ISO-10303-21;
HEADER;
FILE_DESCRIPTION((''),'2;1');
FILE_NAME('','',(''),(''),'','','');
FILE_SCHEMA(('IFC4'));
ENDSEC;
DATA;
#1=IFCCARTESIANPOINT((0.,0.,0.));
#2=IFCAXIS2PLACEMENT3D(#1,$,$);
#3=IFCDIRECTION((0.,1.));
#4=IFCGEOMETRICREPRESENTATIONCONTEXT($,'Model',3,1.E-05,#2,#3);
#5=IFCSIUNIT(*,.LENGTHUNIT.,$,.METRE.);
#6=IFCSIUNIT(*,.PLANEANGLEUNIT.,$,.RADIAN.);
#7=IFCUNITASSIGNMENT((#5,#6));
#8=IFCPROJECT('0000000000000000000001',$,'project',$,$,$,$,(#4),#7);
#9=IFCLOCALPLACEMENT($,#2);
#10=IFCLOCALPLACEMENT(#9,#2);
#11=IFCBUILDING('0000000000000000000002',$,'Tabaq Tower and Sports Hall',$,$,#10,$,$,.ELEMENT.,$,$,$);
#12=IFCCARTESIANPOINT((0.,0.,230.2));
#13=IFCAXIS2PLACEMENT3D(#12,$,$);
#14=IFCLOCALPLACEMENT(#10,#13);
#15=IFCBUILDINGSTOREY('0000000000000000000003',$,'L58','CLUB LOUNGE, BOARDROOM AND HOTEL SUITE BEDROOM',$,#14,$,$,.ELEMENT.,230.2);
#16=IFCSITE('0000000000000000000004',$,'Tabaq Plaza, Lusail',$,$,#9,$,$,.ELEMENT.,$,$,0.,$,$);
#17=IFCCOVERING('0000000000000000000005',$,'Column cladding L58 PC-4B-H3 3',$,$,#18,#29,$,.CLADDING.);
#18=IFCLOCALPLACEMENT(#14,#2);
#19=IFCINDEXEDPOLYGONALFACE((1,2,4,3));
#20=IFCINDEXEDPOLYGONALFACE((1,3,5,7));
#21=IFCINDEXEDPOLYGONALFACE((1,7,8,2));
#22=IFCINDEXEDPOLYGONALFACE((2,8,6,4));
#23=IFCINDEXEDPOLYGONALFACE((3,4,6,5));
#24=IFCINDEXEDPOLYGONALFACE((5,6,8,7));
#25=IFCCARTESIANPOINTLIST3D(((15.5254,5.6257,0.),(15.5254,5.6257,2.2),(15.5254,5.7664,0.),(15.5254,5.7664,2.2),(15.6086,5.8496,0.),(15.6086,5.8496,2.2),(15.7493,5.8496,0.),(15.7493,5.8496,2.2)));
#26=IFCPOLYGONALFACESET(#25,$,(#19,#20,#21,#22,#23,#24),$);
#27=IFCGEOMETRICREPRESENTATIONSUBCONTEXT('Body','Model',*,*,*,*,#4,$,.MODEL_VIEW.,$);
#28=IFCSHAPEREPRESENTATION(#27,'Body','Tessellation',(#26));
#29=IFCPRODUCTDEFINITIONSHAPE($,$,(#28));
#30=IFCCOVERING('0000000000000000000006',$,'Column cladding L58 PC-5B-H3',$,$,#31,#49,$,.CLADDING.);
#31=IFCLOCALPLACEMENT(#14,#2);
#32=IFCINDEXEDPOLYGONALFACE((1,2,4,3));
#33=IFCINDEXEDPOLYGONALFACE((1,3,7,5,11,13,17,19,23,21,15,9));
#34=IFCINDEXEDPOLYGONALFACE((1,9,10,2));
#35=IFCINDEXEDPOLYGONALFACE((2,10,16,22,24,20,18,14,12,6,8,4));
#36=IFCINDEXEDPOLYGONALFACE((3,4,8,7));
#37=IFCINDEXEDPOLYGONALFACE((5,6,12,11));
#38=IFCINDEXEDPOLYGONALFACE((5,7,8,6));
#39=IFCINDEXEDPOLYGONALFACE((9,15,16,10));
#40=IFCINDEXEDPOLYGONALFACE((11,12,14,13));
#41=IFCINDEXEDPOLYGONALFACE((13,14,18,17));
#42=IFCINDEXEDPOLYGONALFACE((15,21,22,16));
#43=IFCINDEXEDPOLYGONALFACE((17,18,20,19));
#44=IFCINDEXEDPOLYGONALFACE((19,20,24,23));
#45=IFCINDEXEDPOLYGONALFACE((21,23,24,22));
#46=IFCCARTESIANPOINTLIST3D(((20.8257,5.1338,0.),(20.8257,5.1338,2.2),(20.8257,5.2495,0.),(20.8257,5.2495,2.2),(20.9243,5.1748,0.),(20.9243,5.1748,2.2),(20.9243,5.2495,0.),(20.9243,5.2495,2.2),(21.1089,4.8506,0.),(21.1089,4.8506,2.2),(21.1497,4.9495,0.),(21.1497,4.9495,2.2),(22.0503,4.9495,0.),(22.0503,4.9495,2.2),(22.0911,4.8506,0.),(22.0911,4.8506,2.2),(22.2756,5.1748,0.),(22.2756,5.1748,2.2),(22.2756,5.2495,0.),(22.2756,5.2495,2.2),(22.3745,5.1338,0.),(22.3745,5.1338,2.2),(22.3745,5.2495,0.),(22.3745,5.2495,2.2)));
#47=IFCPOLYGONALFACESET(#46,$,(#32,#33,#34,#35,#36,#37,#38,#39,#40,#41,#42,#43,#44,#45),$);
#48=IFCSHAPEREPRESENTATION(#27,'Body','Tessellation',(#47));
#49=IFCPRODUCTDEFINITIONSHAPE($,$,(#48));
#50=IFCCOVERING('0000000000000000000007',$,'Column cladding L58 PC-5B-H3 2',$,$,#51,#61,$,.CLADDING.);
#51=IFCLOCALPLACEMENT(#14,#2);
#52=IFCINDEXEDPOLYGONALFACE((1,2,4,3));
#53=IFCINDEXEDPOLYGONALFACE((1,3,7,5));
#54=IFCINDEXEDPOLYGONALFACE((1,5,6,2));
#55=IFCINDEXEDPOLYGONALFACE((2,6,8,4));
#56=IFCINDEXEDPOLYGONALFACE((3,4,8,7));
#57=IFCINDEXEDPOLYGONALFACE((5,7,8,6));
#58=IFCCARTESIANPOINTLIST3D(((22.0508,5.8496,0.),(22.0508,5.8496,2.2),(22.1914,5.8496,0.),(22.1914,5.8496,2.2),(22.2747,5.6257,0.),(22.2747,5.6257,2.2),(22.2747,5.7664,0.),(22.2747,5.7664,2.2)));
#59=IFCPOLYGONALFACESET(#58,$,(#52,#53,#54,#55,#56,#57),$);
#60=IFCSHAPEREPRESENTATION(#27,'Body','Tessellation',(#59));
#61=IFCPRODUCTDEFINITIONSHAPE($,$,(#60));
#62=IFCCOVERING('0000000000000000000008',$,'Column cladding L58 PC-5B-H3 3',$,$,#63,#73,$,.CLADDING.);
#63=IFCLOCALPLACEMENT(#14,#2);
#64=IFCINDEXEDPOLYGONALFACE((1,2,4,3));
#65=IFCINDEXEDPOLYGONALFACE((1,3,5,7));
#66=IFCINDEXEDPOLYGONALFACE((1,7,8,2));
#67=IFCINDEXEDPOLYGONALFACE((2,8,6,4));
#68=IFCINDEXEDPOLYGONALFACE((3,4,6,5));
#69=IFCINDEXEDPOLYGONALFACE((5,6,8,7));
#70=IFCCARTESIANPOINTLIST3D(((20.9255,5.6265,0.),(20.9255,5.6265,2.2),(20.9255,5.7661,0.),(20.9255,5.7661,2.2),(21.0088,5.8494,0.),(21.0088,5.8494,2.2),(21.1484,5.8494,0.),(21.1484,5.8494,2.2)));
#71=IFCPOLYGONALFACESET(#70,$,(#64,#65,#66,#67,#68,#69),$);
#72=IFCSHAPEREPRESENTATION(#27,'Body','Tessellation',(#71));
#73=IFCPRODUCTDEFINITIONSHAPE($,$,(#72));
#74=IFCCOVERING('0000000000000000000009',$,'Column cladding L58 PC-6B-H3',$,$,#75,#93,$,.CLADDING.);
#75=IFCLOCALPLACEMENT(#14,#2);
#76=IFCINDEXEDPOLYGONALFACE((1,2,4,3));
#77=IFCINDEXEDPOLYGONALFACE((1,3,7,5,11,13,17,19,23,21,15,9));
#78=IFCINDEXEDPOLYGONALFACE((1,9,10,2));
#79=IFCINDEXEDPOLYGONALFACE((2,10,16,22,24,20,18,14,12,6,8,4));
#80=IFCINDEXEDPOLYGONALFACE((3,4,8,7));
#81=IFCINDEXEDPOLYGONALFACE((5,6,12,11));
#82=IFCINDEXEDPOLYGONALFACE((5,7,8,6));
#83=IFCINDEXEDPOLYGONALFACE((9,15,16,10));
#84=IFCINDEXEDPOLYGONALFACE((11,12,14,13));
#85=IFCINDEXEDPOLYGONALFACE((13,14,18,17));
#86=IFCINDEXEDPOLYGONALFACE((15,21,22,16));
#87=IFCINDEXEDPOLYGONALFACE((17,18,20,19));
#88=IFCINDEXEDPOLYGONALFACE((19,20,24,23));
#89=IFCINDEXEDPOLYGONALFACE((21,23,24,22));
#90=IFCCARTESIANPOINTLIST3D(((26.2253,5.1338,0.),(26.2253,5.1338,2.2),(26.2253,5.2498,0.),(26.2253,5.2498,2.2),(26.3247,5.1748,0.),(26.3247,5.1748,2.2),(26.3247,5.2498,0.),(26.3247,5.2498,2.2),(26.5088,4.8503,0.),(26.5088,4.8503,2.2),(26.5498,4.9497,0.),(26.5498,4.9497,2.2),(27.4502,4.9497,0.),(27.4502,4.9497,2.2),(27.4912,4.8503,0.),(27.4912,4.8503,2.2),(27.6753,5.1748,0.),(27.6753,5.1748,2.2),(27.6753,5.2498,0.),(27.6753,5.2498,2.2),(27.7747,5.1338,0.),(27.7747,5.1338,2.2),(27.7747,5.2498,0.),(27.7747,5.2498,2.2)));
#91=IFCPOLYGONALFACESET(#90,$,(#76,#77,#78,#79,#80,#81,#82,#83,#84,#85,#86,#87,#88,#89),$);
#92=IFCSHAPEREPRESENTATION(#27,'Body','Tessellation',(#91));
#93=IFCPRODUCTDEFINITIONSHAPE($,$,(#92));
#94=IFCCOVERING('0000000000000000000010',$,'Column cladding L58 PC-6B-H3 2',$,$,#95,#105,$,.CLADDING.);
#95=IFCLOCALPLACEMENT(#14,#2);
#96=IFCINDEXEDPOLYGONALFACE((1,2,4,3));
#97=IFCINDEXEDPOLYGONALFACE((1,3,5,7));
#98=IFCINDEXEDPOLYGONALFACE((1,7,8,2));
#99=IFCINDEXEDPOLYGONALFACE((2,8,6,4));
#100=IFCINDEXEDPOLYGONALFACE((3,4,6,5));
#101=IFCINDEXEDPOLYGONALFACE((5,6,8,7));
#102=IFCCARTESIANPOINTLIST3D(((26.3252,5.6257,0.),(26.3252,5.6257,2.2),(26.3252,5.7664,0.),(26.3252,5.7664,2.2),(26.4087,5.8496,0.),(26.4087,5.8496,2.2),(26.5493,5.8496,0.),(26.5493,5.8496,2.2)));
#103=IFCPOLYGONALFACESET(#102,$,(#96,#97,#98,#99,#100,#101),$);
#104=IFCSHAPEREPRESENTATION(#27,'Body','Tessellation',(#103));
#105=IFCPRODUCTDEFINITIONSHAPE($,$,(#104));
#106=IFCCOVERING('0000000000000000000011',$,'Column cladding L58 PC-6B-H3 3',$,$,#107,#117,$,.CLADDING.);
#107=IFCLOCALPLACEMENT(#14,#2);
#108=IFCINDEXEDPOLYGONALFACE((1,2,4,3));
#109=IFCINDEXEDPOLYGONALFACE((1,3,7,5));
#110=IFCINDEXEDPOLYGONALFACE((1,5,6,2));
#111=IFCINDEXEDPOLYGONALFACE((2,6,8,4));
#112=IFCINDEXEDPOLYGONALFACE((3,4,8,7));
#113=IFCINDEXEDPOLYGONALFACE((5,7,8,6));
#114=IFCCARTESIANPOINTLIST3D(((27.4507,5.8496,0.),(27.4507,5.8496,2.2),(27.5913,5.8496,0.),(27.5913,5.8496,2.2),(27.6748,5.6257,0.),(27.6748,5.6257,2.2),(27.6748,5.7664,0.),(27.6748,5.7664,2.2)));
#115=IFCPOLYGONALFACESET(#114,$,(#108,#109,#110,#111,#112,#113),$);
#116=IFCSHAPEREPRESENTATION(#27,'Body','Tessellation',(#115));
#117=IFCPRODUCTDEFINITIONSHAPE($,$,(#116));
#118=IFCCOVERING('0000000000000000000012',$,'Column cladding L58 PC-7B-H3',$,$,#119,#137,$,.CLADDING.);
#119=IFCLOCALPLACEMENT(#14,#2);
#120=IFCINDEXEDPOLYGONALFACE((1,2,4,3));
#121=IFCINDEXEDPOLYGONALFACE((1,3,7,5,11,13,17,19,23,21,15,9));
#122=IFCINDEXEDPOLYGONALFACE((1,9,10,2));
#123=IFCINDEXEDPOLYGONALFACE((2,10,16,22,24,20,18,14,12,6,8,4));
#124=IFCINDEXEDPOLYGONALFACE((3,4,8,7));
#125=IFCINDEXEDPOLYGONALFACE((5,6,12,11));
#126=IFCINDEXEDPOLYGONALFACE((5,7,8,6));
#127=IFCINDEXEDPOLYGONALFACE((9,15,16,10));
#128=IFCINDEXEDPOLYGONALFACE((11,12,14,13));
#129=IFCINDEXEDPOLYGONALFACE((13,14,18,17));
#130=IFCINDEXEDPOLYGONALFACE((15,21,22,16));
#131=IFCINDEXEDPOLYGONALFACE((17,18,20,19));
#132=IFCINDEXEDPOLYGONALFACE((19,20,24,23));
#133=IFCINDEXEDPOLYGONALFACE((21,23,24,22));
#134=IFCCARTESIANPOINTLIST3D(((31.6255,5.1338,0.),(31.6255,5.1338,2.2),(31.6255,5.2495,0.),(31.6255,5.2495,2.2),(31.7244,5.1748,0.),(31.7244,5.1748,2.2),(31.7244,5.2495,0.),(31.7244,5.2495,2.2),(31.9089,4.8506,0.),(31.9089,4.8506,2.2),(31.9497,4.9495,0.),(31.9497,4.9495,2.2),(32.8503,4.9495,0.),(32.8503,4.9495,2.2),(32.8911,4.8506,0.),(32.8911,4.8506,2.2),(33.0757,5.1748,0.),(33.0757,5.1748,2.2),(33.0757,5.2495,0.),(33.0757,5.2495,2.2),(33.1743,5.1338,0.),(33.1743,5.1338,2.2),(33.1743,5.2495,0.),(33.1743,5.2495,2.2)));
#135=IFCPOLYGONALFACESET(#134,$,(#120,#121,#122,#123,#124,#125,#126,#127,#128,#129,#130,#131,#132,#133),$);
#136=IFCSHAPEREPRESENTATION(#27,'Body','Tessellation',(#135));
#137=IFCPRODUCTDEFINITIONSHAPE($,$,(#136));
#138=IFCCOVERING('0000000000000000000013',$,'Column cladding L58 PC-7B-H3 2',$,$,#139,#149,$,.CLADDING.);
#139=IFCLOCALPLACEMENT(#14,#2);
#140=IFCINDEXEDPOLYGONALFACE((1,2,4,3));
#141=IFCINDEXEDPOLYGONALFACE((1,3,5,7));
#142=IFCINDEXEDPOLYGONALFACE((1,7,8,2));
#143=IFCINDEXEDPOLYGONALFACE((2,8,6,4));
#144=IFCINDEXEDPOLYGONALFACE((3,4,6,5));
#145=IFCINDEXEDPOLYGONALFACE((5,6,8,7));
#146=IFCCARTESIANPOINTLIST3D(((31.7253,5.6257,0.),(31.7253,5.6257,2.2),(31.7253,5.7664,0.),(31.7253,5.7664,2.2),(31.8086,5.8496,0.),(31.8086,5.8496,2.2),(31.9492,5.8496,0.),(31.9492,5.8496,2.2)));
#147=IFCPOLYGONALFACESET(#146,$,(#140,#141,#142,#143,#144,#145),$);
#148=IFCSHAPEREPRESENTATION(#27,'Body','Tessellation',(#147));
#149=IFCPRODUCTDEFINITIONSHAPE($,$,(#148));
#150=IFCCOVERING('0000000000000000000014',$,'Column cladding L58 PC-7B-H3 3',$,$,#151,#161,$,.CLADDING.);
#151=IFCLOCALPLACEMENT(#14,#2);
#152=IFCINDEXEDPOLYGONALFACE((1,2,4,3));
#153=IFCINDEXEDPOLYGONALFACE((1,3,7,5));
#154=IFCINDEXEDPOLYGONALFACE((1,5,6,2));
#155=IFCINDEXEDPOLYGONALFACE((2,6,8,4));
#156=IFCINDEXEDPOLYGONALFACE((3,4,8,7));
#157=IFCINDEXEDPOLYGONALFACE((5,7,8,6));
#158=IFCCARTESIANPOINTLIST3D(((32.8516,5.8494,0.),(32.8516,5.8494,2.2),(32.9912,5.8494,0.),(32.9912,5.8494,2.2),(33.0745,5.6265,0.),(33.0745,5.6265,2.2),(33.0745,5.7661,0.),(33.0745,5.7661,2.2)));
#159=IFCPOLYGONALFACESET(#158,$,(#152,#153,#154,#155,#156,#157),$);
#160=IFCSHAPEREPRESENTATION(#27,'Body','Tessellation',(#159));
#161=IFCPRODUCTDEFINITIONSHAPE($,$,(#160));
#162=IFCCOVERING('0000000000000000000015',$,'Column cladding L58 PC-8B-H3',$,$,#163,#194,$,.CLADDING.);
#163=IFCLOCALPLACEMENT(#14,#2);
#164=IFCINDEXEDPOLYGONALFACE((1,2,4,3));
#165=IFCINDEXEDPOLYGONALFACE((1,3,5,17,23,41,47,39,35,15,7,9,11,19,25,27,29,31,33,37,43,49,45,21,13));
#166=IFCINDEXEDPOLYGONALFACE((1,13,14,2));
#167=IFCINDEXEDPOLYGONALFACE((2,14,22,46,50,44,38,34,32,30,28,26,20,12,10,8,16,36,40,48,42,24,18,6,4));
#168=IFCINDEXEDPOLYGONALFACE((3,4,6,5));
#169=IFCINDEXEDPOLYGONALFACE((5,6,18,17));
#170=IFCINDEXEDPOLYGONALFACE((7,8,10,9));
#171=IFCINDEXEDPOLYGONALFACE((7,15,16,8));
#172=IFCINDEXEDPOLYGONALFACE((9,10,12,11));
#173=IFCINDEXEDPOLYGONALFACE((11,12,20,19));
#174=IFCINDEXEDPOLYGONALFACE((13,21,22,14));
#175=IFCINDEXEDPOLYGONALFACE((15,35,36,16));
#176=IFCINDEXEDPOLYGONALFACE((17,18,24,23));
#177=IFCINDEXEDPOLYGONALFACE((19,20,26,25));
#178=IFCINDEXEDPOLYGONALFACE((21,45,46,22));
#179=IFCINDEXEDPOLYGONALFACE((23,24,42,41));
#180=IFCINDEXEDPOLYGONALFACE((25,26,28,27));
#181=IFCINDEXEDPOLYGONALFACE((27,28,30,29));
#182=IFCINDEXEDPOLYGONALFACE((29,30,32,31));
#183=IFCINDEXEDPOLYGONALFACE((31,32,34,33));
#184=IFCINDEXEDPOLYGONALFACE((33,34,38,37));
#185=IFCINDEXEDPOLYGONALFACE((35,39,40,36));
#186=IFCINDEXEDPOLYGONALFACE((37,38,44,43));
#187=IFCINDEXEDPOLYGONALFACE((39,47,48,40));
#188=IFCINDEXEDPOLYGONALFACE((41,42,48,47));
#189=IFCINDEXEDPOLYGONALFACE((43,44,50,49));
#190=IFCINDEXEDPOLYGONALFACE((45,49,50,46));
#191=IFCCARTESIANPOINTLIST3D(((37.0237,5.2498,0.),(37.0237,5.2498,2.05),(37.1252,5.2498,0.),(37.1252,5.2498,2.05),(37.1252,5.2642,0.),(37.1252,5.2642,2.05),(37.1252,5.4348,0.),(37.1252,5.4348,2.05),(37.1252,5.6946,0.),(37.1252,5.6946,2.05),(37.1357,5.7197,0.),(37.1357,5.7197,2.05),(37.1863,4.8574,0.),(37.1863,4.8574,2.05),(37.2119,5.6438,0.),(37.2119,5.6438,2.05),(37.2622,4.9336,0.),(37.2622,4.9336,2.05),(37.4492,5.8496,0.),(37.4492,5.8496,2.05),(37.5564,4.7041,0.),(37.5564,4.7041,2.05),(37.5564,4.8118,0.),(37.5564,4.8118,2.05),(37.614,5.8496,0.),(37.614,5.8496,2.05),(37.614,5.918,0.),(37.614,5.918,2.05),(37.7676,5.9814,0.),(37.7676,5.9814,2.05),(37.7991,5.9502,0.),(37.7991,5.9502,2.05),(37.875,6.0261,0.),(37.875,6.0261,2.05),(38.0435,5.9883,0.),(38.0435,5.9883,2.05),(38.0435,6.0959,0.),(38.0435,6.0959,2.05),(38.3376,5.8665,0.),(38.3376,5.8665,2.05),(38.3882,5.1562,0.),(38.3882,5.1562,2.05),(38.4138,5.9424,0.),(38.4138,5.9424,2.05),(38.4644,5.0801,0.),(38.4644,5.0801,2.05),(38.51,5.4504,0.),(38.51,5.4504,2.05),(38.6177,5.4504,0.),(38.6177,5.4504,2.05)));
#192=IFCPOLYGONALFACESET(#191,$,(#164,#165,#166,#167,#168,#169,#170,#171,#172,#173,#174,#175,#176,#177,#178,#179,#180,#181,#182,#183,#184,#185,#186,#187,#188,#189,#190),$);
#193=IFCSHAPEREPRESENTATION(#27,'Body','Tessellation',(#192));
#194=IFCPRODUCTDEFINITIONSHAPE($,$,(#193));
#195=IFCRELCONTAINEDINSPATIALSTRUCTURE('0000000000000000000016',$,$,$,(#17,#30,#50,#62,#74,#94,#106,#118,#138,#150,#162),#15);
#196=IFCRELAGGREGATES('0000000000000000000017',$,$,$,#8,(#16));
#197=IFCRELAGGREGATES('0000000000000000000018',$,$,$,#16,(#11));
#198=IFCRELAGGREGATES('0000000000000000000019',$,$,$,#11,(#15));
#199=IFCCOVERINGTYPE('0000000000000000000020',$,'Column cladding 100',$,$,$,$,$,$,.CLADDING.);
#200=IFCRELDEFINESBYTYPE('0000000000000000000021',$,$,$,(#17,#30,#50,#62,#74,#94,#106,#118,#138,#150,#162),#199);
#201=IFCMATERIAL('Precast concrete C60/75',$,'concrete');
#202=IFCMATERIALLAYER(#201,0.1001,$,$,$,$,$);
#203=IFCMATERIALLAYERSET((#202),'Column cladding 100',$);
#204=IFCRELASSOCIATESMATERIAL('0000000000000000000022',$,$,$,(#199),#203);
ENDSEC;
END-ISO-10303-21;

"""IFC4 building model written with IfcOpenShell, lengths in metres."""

from ifc_helpers import new_model, si_unit, direction, frame, origin, place, context, subcontext, project, spatial, polyline, outline, extrude, material, layer, layer_set, type_object, element, save


model = new_model("IFC4")

# Units and contexts
model_context = context("Model", 3, precision=1e-05, world=origin(), true_north=direction((0.0, 1.0)))
body_context = subcontext(model_context, "Body", "Model", "MODEL_VIEW")
ifc_project = project(units=[si_unit("LENGTHUNIT", "METRE"), si_unit("PLANEANGLEUNIT", "RADIAN")], contexts=[model_context])

# Site, building, storey
site_placement = place(None, origin())
site = spatial("IfcSite", under=ifc_project, at=site_placement, Name="Tabaq Plaza, Lusail", CompositionType="ELEMENT", RefElevation=0.0)
building_placement = place(site_placement, origin())
building = spatial("IfcBuilding", under=site, at=building_placement, Name="Tabaq Tower and Sports Hall", CompositionType="ELEMENT")
storey_placement = place(building_placement, frame((0.0, 0.0, 230.2)))
storey = spatial("IfcBuildingStorey", under=building, at=storey_placement, Name="L58", Description="CLUB LOUNGE, BOARDROOM AND HOTEL SUITE BEDROOM", CompositionType="ELEMENT", Elevation=230.2)

# Coverings
ifc_material_1 = material(Name="Precast concrete C60/75", Category="concrete")
ifc_layer_1 = layer(ifc_material_1, 0.1001)
ifc_layer_set_1 = layer_set([ifc_layer_1], Name="Column cladding 100")
covering_type = type_object("IfcCoveringType", Name="Column cladding 100", PredefinedType="CLADDING", material=ifc_layer_set_1)
covering_1_placement = place(storey_placement, origin())
element("IfcCovering", 1, at=covering_1_placement, inside=storey, type_object=covering_type, Name="Column cladding L58 PC-4B-H3 3", PredefinedType="CLADDING", context=body_context, shape_type="SweptSolid", body=[
    extrude(outline(polyline([(15.6086, 5.8496), (15.7493, 5.8496), (15.5254, 5.6257), (15.5254, 5.7664), (15.6086, 5.8496)])), origin(), (0.0, 0.0, 1.0), 2.2),
])
covering_2_placement = place(storey_placement, origin())
element("IfcCovering", 2, at=covering_2_placement, inside=storey, type_object=covering_type, Name="Column cladding L58 PC-5B-H3", PredefinedType="CLADDING", context=body_context, shape_type="SweptSolid", body=[
    extrude(outline(polyline([(20.8257, 5.2495), (20.9243, 5.2495), (20.9243, 5.1748), (21.1497, 4.9495), (22.0503, 4.9495), (22.2756, 5.1748), (22.2756, 5.2495), (22.3745, 5.2495), (22.3745, 5.1338), (22.0911, 4.8506), (21.1089, 4.8506), (20.8257, 5.1338), (20.8257, 5.2495)])), origin(), (0.0, 0.0, 1.0), 2.2),
])
covering_3_placement = place(storey_placement, origin())
element("IfcCovering", 3, at=covering_3_placement, inside=storey, type_object=covering_type, Name="Column cladding L58 PC-5B-H3 2", PredefinedType="CLADDING", context=body_context, shape_type="SweptSolid", body=[
    extrude(outline(polyline([(22.2747, 5.7664), (22.2747, 5.6257), (22.0508, 5.8496), (22.1914, 5.8496), (22.2747, 5.7664)])), origin(), (0.0, 0.0, 1.0), 2.2),
])
covering_4_placement = place(storey_placement, origin())
element("IfcCovering", 4, at=covering_4_placement, inside=storey, type_object=covering_type, Name="Column cladding L58 PC-5B-H3 3", PredefinedType="CLADDING", context=body_context, shape_type="SweptSolid", body=[
    extrude(outline(polyline([(20.9255, 5.6265), (20.9255, 5.7661), (21.0088, 5.8494), (21.1484, 5.8494), (20.9255, 5.6265)])), origin(), (0.0, 0.0, 1.0), 2.2),
])
covering_5_placement = place(storey_placement, origin())
element("IfcCovering", 5, at=covering_5_placement, inside=storey, type_object=covering_type, Name="Column cladding L58 PC-6B-H3", PredefinedType="CLADDING", context=body_context, shape_type="SweptSolid", body=[
    extrude(outline(polyline([(26.2253, 5.2498), (26.3247, 5.2498), (26.3247, 5.1748), (26.5498, 4.9497), (27.4502, 4.9497), (27.6753, 5.1748), (27.6753, 5.2498), (27.7747, 5.2498), (27.7747, 5.1338), (27.4912, 4.8503), (26.5088, 4.8503), (26.2253, 5.1338), (26.2253, 5.2498)])), origin(), (0.0, 0.0, 1.0), 2.2),
])
covering_6_placement = place(storey_placement, origin())
element("IfcCovering", 6, at=covering_6_placement, inside=storey, type_object=covering_type, Name="Column cladding L58 PC-6B-H3 2", PredefinedType="CLADDING", context=body_context, shape_type="SweptSolid", body=[
    extrude(outline(polyline([(26.4087, 5.8496), (26.5493, 5.8496), (26.3252, 5.6257), (26.3252, 5.7664), (26.4087, 5.8496)])), origin(), (0.0, 0.0, 1.0), 2.2),
])
covering_7_placement = place(storey_placement, origin())
element("IfcCovering", 7, at=covering_7_placement, inside=storey, type_object=covering_type, Name="Column cladding L58 PC-6B-H3 3", PredefinedType="CLADDING", context=body_context, shape_type="SweptSolid", body=[
    extrude(outline(polyline([(27.6748, 5.7664), (27.6748, 5.6257), (27.4507, 5.8496), (27.5913, 5.8496), (27.6748, 5.7664)])), origin(), (0.0, 0.0, 1.0), 2.2),
])
covering_8_placement = place(storey_placement, origin())
element("IfcCovering", 8, at=covering_8_placement, inside=storey, type_object=covering_type, Name="Column cladding L58 PC-7B-H3", PredefinedType="CLADDING", context=body_context, shape_type="SweptSolid", body=[
    extrude(outline(polyline([(31.6255, 5.2495), (31.7244, 5.2495), (31.7244, 5.1748), (31.9497, 4.9495), (32.8503, 4.9495), (33.0757, 5.1748), (33.0757, 5.2495), (33.1743, 5.2495), (33.1743, 5.1338), (32.8911, 4.8506), (31.9089, 4.8506), (31.6255, 5.1338), (31.6255, 5.2495)])), origin(), (0.0, 0.0, 1.0), 2.2),
])
covering_9_placement = place(storey_placement, origin())
element("IfcCovering", 9, at=covering_9_placement, inside=storey, type_object=covering_type, Name="Column cladding L58 PC-7B-H3 2", PredefinedType="CLADDING", context=body_context, shape_type="SweptSolid", body=[
    extrude(outline(polyline([(31.8086, 5.8496), (31.9492, 5.8496), (31.7253, 5.6257), (31.7253, 5.7664), (31.8086, 5.8496)])), origin(), (0.0, 0.0, 1.0), 2.2),
])
covering_10_placement = place(storey_placement, origin())
element("IfcCovering", 10, at=covering_10_placement, inside=storey, type_object=covering_type, Name="Column cladding L58 PC-7B-H3 3", PredefinedType="CLADDING", context=body_context, shape_type="SweptSolid", body=[
    extrude(outline(polyline([(33.0745, 5.6265), (32.8516, 5.8494), (32.9912, 5.8494), (33.0745, 5.7661), (33.0745, 5.6265)])), origin(), (0.0, 0.0, 1.0), 2.2),
])
covering_11_placement = place(storey_placement, origin())
element("IfcCovering", 11, at=covering_11_placement, inside=storey, type_object=covering_type, Name="Column cladding L58 PC-8B-H3", PredefinedType="CLADDING", context=body_context, shape_type="SweptSolid", body=[
    extrude(outline(polyline([(37.0237, 5.2498), (37.1252, 5.2498), (37.1252, 5.2642), (37.2622, 4.9336), (37.5564, 4.8118), (38.3882, 5.1562), (38.51, 5.4504), (38.3376, 5.8665), (38.0435, 5.9883), (37.2119, 5.6438), (37.1252, 5.4348), (37.1252, 5.6946), (37.1357, 5.7197), (37.4492, 5.8496), (37.614, 5.8496), (37.614, 5.918), (37.7676, 5.9814), (37.7991, 5.9502), (37.875, 6.0261), (38.0435, 6.0959), (38.4138, 5.9424), (38.6177, 5.4504), (38.4644, 5.0801), (37.5564, 4.7041), (37.1863, 4.8574), (37.0237, 5.2498)])), origin(), (0.0, 0.0, 1.0), 2.05),
])

save(model, "model.ifc")
